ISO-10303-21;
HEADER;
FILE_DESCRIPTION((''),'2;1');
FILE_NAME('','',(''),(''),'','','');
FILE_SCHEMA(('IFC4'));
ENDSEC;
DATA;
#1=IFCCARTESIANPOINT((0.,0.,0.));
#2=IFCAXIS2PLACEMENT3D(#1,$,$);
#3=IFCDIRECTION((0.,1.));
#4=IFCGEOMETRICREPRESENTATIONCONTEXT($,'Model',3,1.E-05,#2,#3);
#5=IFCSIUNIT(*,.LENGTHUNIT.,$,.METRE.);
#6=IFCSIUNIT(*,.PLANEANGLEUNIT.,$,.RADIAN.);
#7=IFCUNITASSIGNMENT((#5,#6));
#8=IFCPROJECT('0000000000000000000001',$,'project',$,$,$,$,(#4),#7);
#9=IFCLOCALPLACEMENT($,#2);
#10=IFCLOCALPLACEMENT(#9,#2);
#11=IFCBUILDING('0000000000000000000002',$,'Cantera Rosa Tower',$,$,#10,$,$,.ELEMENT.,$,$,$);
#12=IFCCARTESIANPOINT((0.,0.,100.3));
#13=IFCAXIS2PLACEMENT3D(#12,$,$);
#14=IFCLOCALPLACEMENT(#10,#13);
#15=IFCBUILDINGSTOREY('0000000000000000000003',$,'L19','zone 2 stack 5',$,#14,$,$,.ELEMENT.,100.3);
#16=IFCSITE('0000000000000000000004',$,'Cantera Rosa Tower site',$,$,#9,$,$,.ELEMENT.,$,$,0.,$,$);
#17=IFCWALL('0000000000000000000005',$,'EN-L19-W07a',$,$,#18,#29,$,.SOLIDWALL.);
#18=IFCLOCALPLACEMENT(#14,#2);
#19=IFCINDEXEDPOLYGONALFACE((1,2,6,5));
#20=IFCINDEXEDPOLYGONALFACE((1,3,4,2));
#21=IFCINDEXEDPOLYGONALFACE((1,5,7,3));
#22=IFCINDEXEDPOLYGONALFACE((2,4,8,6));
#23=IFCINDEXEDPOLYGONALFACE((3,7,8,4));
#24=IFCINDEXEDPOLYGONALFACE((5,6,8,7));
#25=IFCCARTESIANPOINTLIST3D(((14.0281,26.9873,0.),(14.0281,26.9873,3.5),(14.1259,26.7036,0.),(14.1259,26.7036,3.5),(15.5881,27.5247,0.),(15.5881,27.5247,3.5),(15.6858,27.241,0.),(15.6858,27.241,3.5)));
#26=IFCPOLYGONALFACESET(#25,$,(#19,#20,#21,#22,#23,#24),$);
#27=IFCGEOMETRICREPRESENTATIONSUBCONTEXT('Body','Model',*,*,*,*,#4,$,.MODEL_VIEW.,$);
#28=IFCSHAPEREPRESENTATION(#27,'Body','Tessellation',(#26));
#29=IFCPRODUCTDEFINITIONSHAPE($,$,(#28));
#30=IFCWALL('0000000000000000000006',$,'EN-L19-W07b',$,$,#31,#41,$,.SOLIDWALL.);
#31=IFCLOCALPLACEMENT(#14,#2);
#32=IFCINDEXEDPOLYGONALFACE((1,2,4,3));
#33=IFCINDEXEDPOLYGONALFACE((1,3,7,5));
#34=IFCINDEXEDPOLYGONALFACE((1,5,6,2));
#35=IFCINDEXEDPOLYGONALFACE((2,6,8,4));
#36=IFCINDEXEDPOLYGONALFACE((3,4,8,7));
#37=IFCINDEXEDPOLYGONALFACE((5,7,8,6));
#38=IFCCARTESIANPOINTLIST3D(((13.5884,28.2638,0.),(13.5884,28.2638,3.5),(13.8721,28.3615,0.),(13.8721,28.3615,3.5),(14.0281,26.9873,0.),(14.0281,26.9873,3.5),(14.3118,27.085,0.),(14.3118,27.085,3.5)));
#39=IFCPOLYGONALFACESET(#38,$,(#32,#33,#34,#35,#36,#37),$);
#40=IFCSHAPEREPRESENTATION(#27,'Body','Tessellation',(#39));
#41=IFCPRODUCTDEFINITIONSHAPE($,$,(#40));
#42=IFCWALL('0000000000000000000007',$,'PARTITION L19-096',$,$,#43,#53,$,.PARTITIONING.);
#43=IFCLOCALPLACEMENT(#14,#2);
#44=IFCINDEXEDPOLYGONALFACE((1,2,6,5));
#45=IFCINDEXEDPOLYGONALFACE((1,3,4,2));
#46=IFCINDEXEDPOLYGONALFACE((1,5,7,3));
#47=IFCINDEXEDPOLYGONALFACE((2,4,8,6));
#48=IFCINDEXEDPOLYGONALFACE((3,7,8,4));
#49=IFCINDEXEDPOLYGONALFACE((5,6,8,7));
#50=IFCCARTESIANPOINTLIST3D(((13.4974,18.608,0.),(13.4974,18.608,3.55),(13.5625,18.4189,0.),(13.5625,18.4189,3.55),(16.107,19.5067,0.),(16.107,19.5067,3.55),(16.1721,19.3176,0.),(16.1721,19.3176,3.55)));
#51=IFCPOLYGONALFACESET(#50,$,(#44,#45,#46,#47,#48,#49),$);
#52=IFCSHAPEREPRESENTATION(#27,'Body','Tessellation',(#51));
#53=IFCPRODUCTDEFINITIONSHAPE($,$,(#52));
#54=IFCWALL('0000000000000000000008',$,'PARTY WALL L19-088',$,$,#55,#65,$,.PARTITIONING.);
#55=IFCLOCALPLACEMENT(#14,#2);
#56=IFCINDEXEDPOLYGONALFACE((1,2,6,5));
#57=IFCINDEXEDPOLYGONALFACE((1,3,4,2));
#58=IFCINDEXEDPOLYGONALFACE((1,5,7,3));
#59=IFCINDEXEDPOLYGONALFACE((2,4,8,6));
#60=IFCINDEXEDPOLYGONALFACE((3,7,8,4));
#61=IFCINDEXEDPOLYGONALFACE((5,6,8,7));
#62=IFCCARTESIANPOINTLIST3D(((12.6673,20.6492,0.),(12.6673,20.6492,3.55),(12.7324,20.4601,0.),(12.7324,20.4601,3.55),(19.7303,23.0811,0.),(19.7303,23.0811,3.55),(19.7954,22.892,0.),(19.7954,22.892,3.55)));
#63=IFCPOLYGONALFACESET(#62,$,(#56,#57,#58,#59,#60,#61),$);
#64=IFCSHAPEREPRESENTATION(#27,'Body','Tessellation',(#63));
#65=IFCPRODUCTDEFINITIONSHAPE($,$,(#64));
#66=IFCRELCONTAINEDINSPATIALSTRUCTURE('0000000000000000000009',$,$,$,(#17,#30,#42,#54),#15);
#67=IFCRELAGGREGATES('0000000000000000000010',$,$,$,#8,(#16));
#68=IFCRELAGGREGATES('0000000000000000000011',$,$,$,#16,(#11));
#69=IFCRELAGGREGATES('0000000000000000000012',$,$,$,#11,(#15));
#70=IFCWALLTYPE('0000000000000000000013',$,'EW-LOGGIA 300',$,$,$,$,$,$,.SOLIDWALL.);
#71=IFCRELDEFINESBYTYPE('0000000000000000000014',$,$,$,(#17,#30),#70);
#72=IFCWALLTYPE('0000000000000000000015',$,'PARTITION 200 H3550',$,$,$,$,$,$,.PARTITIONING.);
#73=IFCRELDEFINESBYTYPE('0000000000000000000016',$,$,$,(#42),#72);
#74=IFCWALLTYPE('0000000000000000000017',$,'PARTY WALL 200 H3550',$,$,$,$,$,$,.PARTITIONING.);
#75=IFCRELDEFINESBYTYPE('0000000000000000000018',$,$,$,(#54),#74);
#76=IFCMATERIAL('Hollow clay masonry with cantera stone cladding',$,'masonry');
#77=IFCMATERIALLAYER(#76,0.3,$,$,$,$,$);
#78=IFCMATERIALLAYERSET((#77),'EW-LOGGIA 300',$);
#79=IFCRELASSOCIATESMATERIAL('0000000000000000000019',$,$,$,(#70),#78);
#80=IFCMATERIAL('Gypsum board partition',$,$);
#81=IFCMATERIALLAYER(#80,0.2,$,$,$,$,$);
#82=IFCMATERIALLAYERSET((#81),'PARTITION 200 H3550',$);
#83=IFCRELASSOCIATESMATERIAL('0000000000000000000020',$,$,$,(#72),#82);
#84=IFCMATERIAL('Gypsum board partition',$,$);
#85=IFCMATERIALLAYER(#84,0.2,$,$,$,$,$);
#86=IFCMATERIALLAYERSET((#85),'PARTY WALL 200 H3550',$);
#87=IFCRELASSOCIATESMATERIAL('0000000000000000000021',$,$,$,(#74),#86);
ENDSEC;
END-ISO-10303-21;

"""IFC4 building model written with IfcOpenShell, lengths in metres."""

from ifc_helpers import new_model, si_unit, direction, frame, frame_2d, origin, place, context, subcontext, project, spatial, rectangle, extrude, material, layer, layer_set, type_object, element, save


model = new_model("IFC4")

# Units and contexts
model_context = context("Model", 3, precision=1e-05, world=origin(), true_north=direction((0.0, 1.0)))
body_context = subcontext(model_context, "Body", "Model", "MODEL_VIEW")
ifc_project = project(units=[si_unit("LENGTHUNIT", "METRE"), si_unit("PLANEANGLEUNIT", "RADIAN")], contexts=[model_context])

# Site, building, storey
site_placement = place(None, origin())
site = spatial("IfcSite", under=ifc_project, at=site_placement, Name="Cantera Rosa Tower site", CompositionType="ELEMENT", RefElevation=0.0)
building_placement = place(site_placement, origin())
building = spatial("IfcBuilding", under=site, at=building_placement, Name="Cantera Rosa Tower", CompositionType="ELEMENT")
storey_placement = place(building_placement, frame((0.0, 0.0, 100.3)))
storey = spatial("IfcBuildingStorey", under=building, at=storey_placement, Name="L19", Description="zone 2 stack 5", CompositionType="ELEMENT", Elevation=100.3)

# Walls
ifc_material_1 = material(Name="Hollow clay masonry with cantera stone cladding", Category="masonry")
ifc_layer_1 = layer(ifc_material_1, 0.3)
ifc_layer_set_1 = layer_set([ifc_layer_1], Name="EW-LOGGIA 300")
wall_type_1 = type_object("IfcWallType", Name="EW-LOGGIA 300", PredefinedType="SOLIDWALL", material=ifc_layer_set_1)
wall_1_placement = place(storey_placement, frame((15.637, 27.3828, 0.0), z_axis=(0.0, 0.0, 1.0), x_axis=(-0.945485, -0.325667, 0.0)))
element("IfcWall", 1, at=wall_1_placement, inside=storey, type_object=wall_type_1, Name="EN-L19-W07a", PredefinedType="SOLIDWALL", context=body_context, shape_type="SweptSolid", body=[
    extrude(rectangle(XDim=1.6499, YDim=0.3, at=frame_2d((0.825, 0.0))), origin(), (0.0, 0.0, 1.0), 3.5),
])
wall_2_placement = place(storey_placement, frame((14.1699, 27.0361, 0.0), z_axis=(0.0, 0.0, 1.0), x_axis=(-0.325651, 0.94549, 0.0)))
element("IfcWall", 2, at=wall_2_placement, inside=storey, type_object=wall_type_1, Name="EN-L19-W07b", PredefinedType="SOLIDWALL", context=body_context, shape_type="SweptSolid", body=[
    extrude(rectangle(XDim=1.3501, YDim=0.3, at=frame_2d((0.675, 0.0))), origin(), (0.0, 0.0, 1.0), 3.5),
])

# Walls
ifc_material_2 = material(Name="Gypsum board partition")
ifc_layer_2 = layer(ifc_material_2, 0.2)
ifc_layer_set_2 = layer_set([ifc_layer_2], Name="PARTITION 200 H3550")
wall_type_2 = type_object("IfcWallType", Name="PARTITION 200 H3550", PredefinedType="PARTITIONING", material=ifc_layer_set_2)
wall_3_placement = place(storey_placement, frame((16.1394, 19.4121, 0.0), z_axis=(0.0, 0.0, 1.0), x_axis=(-0.945505, -0.325606, 0.0)))
element("IfcWall", 3, at=wall_3_placement, inside=storey, type_object=wall_type_2, Name="PARTITION L19-096", PredefinedType="PARTITIONING", context=body_context, shape_type="SweptSolid", body=[
    extrude(rectangle(XDim=2.76, YDim=0.2, at=frame_2d((1.3799, 0.0))), origin(), (0.0, 0.0, 1.0), 3.55),
])
ifc_material_3 = material(Name="Gypsum board partition")
ifc_layer_3 = layer(ifc_material_3, 0.2)
ifc_layer_set_3 = layer_set([ifc_layer_3], Name="PARTY WALL 200 H3550")
wall_type_3 = type_object("IfcWallType", Name="PARTY WALL 200 H3550", PredefinedType="PARTITIONING", material=ifc_layer_set_3)
wall_4_placement = place(storey_placement, frame((12.7, 20.5547, 0.0), z_axis=(0.0, 0.0, 1.0), x_axis=(0.945523, 0.325557, 0.0)))
element("IfcWall", 4, at=wall_4_placement, inside=storey, type_object=wall_type_3, Name="PARTY WALL L19-088", PredefinedType="PARTITIONING", context=body_context, shape_type="SweptSolid", body=[
    extrude(rectangle(XDim=7.47, YDim=0.2, at=frame_2d((3.7349, 0.0))), origin(), (0.0, 0.0, 1.0), 3.55),
])

save(model, "model.ifc")
